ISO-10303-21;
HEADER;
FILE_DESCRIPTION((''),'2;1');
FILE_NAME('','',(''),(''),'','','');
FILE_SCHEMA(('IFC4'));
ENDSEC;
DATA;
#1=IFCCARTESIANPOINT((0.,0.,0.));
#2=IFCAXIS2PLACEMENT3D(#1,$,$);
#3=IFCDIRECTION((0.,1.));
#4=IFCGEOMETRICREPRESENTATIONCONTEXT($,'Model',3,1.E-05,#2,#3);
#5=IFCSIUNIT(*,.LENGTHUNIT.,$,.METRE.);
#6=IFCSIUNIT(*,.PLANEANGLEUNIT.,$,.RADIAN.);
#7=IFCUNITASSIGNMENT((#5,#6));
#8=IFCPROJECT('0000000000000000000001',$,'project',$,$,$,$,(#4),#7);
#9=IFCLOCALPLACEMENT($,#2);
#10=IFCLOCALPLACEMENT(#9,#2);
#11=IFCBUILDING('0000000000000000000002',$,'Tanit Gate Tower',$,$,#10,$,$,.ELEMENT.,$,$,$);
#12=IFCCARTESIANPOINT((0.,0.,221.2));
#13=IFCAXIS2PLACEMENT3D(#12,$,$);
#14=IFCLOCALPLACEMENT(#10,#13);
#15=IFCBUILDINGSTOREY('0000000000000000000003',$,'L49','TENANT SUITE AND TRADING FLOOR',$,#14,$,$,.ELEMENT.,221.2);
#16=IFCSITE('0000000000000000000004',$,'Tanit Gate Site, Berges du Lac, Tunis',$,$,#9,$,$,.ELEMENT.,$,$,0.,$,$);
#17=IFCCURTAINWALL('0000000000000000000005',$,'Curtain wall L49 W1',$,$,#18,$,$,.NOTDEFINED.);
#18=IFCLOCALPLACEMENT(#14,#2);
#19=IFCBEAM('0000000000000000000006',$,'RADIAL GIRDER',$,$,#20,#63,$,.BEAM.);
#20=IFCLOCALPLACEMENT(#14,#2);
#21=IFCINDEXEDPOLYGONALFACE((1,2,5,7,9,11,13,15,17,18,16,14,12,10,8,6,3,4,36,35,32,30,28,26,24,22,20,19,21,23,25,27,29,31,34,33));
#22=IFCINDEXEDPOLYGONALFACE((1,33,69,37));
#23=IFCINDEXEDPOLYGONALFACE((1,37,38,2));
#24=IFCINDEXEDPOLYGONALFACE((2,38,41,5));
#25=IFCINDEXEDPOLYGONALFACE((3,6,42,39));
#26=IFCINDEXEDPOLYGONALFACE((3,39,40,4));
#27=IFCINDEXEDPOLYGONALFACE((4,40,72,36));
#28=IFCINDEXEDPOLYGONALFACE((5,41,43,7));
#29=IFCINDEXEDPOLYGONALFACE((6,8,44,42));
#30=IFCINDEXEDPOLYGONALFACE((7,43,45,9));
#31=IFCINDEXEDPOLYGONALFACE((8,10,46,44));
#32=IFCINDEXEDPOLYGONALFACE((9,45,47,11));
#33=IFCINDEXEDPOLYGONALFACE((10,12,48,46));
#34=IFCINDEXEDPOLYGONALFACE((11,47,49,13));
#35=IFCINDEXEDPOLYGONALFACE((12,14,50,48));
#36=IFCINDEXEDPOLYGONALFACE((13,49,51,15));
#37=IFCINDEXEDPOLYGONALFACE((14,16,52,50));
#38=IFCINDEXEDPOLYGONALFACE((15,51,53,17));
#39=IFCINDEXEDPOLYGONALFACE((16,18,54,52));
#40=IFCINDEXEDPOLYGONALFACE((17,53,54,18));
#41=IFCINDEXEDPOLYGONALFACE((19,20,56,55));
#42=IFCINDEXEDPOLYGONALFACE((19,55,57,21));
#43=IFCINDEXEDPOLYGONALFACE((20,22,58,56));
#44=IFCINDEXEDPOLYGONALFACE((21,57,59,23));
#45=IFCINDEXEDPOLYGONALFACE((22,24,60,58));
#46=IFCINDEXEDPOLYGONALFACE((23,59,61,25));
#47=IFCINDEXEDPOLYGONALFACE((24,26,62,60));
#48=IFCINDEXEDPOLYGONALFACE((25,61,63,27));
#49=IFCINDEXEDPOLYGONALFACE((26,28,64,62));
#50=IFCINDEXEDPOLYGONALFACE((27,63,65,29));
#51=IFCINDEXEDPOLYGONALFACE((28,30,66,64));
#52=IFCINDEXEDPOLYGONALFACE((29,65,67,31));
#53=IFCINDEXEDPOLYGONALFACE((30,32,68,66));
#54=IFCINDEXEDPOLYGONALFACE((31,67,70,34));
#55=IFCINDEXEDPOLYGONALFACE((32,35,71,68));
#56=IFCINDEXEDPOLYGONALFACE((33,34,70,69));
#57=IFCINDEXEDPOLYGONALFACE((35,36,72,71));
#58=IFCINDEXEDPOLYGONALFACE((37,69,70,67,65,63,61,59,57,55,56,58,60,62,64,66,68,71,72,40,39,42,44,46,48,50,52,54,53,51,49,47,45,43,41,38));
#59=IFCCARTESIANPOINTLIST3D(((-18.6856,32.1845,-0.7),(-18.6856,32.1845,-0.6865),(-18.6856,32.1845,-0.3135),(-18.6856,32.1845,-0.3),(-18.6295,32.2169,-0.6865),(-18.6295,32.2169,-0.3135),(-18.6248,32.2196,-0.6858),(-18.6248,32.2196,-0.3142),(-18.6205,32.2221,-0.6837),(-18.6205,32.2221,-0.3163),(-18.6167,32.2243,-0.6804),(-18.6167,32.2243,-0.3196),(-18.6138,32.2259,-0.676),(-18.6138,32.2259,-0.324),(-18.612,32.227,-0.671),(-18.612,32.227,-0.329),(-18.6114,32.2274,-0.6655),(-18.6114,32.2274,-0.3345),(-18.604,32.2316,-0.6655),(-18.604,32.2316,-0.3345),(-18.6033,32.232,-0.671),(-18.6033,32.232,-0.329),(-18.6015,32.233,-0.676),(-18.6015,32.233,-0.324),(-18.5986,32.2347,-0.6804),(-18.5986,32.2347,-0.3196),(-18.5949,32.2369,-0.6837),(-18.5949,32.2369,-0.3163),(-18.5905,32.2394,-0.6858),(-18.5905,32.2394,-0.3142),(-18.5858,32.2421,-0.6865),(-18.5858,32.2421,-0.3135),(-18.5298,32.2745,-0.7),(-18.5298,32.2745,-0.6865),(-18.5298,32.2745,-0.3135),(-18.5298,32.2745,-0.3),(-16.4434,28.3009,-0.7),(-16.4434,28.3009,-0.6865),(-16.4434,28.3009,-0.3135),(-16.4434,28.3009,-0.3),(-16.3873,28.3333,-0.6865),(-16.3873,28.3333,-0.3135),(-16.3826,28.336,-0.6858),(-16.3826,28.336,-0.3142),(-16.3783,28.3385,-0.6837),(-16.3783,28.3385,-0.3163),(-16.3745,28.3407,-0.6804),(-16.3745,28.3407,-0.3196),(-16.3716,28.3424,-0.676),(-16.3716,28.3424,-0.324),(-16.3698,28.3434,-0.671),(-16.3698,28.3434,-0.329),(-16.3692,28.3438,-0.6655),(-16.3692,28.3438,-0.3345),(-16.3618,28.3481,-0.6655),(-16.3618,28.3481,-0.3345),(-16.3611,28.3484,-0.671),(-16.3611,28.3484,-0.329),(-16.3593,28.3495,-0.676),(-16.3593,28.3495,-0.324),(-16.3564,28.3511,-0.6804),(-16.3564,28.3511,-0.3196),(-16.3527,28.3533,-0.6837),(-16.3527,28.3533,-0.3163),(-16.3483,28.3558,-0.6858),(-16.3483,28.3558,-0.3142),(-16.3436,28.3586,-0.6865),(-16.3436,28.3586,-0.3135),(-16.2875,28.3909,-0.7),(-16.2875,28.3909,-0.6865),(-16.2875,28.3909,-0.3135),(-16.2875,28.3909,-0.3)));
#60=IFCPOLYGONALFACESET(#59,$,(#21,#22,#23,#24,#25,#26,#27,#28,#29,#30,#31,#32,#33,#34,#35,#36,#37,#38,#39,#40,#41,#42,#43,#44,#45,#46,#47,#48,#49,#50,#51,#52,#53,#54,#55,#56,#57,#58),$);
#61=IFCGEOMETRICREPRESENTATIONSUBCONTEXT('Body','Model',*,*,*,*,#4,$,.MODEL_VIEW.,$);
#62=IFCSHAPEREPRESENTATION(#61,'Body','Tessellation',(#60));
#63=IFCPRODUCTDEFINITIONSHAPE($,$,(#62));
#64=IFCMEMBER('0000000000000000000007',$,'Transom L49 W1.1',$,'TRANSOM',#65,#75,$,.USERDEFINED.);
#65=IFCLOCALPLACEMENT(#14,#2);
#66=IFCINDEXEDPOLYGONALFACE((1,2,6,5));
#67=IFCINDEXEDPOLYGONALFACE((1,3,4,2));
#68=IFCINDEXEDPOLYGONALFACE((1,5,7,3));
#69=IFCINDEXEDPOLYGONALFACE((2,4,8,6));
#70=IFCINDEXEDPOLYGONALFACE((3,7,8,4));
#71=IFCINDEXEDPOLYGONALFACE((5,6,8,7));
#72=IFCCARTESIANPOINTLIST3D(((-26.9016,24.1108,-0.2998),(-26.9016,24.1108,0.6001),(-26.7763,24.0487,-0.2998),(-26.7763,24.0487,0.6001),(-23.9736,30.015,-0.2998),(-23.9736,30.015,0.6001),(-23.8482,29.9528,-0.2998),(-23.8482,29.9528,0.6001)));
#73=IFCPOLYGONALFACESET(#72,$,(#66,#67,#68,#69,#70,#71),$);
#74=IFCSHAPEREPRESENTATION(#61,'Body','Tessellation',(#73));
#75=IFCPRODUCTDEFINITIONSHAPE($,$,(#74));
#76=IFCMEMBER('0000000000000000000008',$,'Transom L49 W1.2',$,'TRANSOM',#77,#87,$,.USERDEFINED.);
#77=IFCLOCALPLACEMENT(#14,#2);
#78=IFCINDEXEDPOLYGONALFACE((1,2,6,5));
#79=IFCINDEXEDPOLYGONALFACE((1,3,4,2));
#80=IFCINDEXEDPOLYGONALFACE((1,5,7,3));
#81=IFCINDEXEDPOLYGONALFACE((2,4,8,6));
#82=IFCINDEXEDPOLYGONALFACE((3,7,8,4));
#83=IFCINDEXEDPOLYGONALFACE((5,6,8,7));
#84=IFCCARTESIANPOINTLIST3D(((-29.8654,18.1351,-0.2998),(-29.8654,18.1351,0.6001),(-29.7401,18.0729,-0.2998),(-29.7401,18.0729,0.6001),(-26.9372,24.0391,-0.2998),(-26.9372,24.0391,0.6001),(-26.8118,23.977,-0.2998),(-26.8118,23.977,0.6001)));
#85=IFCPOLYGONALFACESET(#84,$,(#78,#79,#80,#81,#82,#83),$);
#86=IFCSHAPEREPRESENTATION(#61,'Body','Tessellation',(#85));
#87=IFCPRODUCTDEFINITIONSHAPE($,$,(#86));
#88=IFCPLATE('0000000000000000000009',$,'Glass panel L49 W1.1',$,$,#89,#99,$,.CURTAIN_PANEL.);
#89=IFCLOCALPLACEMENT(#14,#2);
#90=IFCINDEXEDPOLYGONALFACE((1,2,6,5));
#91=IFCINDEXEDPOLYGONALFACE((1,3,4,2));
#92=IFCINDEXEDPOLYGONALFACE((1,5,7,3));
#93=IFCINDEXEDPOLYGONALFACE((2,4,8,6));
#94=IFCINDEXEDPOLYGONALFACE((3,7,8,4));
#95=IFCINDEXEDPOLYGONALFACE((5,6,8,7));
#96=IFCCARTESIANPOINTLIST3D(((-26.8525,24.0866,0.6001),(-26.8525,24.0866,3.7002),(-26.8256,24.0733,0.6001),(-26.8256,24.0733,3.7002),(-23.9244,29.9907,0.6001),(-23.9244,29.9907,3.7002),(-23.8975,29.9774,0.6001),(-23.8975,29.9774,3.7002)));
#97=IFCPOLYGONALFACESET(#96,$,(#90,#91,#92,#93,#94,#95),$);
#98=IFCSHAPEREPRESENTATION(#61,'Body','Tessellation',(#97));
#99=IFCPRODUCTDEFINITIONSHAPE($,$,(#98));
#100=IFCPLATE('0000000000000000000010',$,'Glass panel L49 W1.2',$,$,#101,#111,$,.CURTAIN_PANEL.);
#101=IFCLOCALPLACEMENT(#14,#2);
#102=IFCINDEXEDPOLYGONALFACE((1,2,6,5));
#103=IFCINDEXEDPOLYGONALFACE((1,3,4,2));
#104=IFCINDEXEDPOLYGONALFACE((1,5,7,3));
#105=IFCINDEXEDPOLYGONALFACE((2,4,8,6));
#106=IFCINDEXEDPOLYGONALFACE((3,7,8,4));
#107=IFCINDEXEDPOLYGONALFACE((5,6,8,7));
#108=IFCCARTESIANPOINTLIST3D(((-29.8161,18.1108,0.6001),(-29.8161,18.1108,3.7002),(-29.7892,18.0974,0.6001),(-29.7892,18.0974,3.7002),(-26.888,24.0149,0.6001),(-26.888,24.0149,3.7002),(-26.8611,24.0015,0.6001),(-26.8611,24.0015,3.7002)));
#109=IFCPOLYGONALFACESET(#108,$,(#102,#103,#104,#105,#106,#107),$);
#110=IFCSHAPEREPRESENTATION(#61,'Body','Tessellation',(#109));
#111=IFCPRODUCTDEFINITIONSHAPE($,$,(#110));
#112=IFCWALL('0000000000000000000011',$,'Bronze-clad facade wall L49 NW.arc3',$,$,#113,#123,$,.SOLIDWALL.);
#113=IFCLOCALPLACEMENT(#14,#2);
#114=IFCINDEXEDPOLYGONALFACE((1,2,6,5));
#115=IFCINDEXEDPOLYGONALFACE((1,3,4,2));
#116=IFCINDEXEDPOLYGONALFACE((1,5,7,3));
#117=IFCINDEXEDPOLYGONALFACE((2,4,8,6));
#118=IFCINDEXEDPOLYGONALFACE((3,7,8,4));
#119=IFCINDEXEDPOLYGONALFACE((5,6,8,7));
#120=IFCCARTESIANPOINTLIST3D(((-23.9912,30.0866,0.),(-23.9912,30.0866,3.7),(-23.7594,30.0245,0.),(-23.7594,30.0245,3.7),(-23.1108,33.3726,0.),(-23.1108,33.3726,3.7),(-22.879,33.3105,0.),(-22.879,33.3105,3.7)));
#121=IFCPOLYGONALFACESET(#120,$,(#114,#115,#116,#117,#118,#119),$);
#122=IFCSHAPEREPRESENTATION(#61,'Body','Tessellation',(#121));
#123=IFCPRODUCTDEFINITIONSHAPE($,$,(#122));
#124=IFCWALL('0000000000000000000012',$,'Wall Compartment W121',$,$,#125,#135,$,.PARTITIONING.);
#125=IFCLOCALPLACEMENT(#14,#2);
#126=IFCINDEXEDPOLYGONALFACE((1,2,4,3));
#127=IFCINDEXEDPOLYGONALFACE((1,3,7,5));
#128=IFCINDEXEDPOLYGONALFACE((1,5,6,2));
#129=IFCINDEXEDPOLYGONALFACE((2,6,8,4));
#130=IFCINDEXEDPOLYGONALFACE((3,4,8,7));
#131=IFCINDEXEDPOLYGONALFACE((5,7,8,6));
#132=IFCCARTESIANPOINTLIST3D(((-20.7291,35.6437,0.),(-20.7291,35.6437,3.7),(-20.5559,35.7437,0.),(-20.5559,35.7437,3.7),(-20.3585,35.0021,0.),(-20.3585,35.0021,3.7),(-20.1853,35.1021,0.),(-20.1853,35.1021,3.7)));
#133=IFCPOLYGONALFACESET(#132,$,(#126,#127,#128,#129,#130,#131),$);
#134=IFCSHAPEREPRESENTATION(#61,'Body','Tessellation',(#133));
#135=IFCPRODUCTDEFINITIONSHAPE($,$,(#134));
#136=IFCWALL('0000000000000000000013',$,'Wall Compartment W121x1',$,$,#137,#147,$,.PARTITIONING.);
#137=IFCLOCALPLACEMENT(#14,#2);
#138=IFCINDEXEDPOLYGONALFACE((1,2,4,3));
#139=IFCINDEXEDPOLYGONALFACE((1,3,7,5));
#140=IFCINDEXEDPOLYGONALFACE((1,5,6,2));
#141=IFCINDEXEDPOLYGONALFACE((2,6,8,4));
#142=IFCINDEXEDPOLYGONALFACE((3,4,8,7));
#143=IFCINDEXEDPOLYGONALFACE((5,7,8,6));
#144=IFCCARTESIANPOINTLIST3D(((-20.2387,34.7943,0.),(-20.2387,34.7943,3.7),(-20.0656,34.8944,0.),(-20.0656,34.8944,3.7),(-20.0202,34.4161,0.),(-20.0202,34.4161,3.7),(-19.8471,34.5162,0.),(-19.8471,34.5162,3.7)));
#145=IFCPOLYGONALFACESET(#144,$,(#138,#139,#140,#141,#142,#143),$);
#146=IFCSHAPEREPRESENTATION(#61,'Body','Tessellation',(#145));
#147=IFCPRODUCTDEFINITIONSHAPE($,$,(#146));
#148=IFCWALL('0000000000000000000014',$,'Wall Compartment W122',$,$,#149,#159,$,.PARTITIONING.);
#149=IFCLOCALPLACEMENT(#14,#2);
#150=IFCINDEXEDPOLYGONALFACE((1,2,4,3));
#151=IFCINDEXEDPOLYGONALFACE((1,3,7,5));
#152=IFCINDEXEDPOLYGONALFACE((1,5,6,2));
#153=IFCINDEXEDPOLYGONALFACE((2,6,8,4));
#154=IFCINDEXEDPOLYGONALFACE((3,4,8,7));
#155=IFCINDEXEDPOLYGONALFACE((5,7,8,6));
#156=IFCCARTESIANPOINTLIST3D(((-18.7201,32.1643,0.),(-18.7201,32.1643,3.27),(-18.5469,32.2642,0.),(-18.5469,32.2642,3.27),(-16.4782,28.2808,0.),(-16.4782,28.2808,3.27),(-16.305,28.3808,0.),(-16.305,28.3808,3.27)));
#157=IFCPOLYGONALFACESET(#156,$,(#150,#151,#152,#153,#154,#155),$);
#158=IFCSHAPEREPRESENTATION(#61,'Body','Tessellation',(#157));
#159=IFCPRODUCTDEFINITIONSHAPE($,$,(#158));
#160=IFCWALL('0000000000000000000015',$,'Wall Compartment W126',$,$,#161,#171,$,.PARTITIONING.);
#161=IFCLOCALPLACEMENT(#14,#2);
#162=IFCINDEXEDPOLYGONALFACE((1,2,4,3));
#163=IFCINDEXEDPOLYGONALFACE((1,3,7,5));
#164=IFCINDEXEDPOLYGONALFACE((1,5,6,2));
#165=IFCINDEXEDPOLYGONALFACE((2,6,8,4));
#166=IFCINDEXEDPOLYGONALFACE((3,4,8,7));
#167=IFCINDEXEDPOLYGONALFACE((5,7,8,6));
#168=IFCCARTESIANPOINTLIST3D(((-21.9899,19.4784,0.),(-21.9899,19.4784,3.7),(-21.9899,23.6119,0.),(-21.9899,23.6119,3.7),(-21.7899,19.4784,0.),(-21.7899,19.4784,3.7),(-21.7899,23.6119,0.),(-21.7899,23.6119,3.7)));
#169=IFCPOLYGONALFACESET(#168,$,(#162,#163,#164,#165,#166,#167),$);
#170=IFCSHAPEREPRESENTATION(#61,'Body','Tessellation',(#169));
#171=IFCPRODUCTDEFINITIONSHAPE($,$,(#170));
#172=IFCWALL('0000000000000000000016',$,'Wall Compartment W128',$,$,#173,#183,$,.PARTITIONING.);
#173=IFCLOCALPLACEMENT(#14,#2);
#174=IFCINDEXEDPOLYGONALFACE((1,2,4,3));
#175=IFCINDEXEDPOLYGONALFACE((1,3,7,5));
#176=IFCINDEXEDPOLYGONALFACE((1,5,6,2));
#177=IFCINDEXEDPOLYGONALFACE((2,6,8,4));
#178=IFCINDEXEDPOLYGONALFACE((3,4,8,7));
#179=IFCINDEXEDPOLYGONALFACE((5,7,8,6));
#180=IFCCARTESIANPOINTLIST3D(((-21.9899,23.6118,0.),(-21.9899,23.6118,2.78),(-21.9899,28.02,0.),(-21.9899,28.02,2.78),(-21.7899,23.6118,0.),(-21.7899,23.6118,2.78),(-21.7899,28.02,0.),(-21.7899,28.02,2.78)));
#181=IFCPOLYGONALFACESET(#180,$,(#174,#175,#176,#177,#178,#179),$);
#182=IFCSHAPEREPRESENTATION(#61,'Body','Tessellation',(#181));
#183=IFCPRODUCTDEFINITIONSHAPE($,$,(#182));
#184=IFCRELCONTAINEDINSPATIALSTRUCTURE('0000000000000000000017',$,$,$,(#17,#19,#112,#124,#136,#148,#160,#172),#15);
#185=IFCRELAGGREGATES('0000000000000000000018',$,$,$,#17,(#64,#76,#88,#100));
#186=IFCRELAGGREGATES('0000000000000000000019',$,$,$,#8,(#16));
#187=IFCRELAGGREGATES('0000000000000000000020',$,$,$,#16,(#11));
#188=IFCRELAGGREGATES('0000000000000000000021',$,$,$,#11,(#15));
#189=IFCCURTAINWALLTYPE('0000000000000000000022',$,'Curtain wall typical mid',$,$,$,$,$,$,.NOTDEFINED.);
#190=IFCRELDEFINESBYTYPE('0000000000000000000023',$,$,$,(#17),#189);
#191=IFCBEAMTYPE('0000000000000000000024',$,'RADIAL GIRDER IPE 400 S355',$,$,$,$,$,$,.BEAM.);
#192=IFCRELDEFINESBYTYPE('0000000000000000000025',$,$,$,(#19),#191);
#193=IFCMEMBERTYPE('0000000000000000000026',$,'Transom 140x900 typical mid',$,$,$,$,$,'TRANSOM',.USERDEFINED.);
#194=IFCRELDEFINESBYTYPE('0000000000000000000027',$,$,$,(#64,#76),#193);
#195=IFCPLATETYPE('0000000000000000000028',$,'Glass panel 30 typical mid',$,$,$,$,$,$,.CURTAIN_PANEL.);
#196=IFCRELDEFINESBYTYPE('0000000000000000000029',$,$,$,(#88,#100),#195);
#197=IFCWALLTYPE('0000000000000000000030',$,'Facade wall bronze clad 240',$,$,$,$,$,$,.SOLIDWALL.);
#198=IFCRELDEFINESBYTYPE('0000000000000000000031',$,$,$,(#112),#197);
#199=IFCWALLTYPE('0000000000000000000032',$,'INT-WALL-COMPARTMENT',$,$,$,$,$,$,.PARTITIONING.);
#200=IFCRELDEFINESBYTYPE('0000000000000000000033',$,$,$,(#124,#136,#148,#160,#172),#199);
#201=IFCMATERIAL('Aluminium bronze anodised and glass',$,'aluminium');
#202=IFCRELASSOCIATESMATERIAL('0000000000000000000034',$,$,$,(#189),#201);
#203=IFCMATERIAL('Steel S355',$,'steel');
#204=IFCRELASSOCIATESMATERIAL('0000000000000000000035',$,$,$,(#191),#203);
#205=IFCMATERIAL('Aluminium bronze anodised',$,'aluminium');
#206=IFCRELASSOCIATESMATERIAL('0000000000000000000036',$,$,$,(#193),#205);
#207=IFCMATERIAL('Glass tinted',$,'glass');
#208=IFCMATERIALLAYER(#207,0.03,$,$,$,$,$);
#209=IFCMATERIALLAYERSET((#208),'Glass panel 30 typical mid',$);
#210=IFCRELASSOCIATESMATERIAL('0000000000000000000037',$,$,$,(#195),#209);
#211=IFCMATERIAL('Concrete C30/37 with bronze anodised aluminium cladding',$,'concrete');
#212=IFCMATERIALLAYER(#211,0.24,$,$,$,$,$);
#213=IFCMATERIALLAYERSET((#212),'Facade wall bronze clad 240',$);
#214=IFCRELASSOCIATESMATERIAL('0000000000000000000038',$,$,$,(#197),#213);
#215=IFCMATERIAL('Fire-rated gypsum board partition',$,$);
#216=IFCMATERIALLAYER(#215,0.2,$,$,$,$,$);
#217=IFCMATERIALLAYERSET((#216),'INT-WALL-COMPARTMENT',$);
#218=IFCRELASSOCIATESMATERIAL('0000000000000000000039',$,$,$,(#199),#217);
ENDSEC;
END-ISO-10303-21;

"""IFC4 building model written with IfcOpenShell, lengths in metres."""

from ifc_helpers import new_model, si_unit, direction, frame, frame_2d, origin, origin_2d, place, context, subcontext, project, spatial, rectangle, i_section, extrude, material, layer, layer_set, material_profile, profile_set, type_object, element, aggregate, save


model = new_model("IFC4")

# Units and contexts
model_context = context("Model", 3, precision=1e-05, world=origin(), true_north=direction((0.0, 1.0)))
body_context = subcontext(model_context, "Body", "Model", "MODEL_VIEW")
ifc_project = project(units=[si_unit("LENGTHUNIT", "METRE"), si_unit("PLANEANGLEUNIT", "RADIAN")], contexts=[model_context])

# Site, building, storey
site_placement = place(None, origin())
site = spatial("IfcSite", under=ifc_project, at=site_placement, Name="Tanit Gate Site, Berges du Lac, Tunis", CompositionType="ELEMENT", RefElevation=0.0)
building_placement = place(site_placement, origin())
building = spatial("IfcBuilding", under=site, at=building_placement, Name="Tanit Gate Tower", CompositionType="ELEMENT")
storey_placement = place(building_placement, frame((0.0, 0.0, 221.2)))
storey = spatial("IfcBuildingStorey", under=building, at=storey_placement, Name="L49", Description="TENANT SUITE AND TRADING FLOOR", CompositionType="ELEMENT", Elevation=221.2)

# Curtain wall
ifc_material_1 = material(Name="Aluminium bronze anodised and glass", Category="aluminium")
curtain_wall_type = type_object("IfcCurtainWallType", Name="Curtain wall typical mid", PredefinedType="NOTDEFINED", material=ifc_material_1)
curtain_wall_placement = place(storey_placement, origin())
curtain_wall = element("IfcCurtainWall", 1, at=curtain_wall_placement, inside=storey, type_object=curtain_wall_type, Name="Curtain wall L49 W1", PredefinedType="NOTDEFINED")

# Beam
ifc_material_2 = material(Name="Steel S355", Category="steel")
ifc_material_profile_1 = material_profile(ifc_material_2, i_section(OverallWidth=0.1799, OverallDepth=0.3999, WebThickness=0.0085, FlangeThickness=0.0134, FilletRadius=0.021, at=origin_2d()), Name="IPE 400")
ifc_profile_set_1 = profile_set([ifc_material_profile_1], Name="Steel S355")
beam_type_1 = type_object("IfcBeamType", Name="RADIAL GIRDER IPE 400 S355", PredefinedType="BEAM", material=ifc_profile_set_1)
beam_1_placement = place(storey_placement, frame((-18.6077, 32.2295, -0.5), z_axis=(0.500004, -0.866023, 0.0), x_axis=(0.866023, 0.500004, 0.0)))
element("IfcBeam", 2, at=beam_1_placement, inside=storey, type_object=beam_type_1, Name="RADIAL GIRDER", PredefinedType="BEAM", context=body_context, shape_type="SweptSolid", body=[
    extrude(i_section(OverallWidth=0.1799, OverallDepth=0.3999, WebThickness=0.0085, FlangeThickness=0.0134, FilletRadius=0.021, at=origin_2d()), origin(), (0.0, 0.0, 1.0), 4.4844),
])

# Members
ifc_material_3 = material(Name="Aluminium bronze anodised", Category="aluminium")
ifc_material_profile_2 = material_profile(ifc_material_3, rectangle(XDim=0.1399, YDim=0.8999, at=origin_2d()), Name="140x900 bronze transom")
ifc_profile_set_2 = profile_set([ifc_material_profile_2], Name="Aluminium bronze anodised")
member_type_1 = type_object("IfcMemberType", Name="Transom 140x900 typical mid", ElementType="TRANSOM", PredefinedType="USERDEFINED", material=ifc_profile_set_2)
member_1_placement = place(storey_placement, frame((-23.9109, 29.9839, 0.1501), z_axis=(-0.444292, -0.895882, 0.0), x_axis=(0.895882, -0.444292, 0.0)))
member_1 = element("IfcMember", 3, at=member_1_placement, type_object=member_type_1, Name="Transom L49 W1.1", ObjectType="TRANSOM", PredefinedType="USERDEFINED", context=body_context, shape_type="SweptSolid", body=[
    extrude(rectangle(XDim=0.1399, YDim=0.8999, at=origin_2d()), origin(), (0.0, 0.0, 1.0), 6.5903),
])
member_2_placement = place(storey_placement, frame((-26.8745, 24.0081, 0.1501), z_axis=(-0.444322, -0.895867, 0.0), x_axis=(0.895867, -0.444322, 0.0)))
member_2 = element("IfcMember", 4, at=member_2_placement, type_object=member_type_1, Name="Transom L49 W1.2", ObjectType="TRANSOM", PredefinedType="USERDEFINED", context=body_context, shape_type="SweptSolid", body=[
    extrude(rectangle(XDim=0.1399, YDim=0.8999, at=origin_2d()), origin(), (0.0, 0.0, 1.0), 6.5903),
])

# Plates
ifc_material_4 = material(Name="Glass tinted", Category="glass")
ifc_layer_1 = layer(ifc_material_4, 0.03)
ifc_layer_set_1 = layer_set([ifc_layer_1], Name="Glass panel 30 typical mid")
plate_type = type_object("IfcPlateType", Name="Glass panel 30 typical mid", PredefinedType="CURTAIN_PANEL", material=ifc_layer_set_1)
plate_1_placement = place(storey_placement, frame((-25.375, 27.032, 0.6001), z_axis=(0.0, 0.0, 1.0), x_axis=(-0.444304, -0.895876, 0.0)))
plate_1 = element("IfcPlate", 5, at=plate_1_placement, type_object=plate_type, Name="Glass panel L49 W1.1", PredefinedType="CURTAIN_PANEL", context=body_context, shape_type="SweptSolid", body=[
    extrude(rectangle(XDim=6.5903, YDim=0.03, at=origin_2d()), origin(), (0.0, 0.0, 1.0), 3.1001),
])
plate_2_placement = place(storey_placement, frame((-28.3386, 21.0562, 0.6001), z_axis=(0.0, 0.0, 1.0), x_axis=(-0.444304, -0.895876, 0.0)))
plate_2 = element("IfcPlate", 6, at=plate_2_placement, type_object=plate_type, Name="Glass panel L49 W1.2", PredefinedType="CURTAIN_PANEL", context=body_context, shape_type="SweptSolid", body=[
    extrude(rectangle(XDim=6.5903, YDim=0.03, at=origin_2d()), origin(), (0.0, 0.0, 1.0), 3.1001),
])
aggregate(curtain_wall, [member_1, member_2, plate_1, plate_2])

# Walls
ifc_material_5 = material(Name="Concrete C30/37 with bronze anodised aluminium cladding", Category="concrete")
ifc_layer_2 = layer(ifc_material_5, 0.24)
ifc_layer_set_2 = layer_set([ifc_layer_2], Name="Facade wall bronze clad 240")
wall_type_1 = type_object("IfcWallType", Name="Facade wall bronze clad 240", PredefinedType="SOLIDWALL", material=ifc_layer_set_2)
wall_1_placement = place(storey_placement, frame((-22.9949, 33.3416, 0.0), z_axis=(0.0, 0.0, 1.0), x_axis=(-0.258797, -0.965932, 0.0)))
element("IfcWall", 7, at=wall_1_placement, inside=storey, type_object=wall_type_1, Name="Bronze-clad facade wall L49 NW.arc3", PredefinedType="SOLIDWALL", context=body_context, shape_type="SweptSolid", body=[
    extrude(rectangle(XDim=3.4019, YDim=0.24, at=frame_2d((1.7009, 0.0))), origin(), (0.0, 0.0, 1.0), 3.7),
])
ifc_material_6 = material(Name="Fire-rated gypsum board partition")
ifc_layer_3 = layer(ifc_material_6, 0.2)
ifc_layer_set_3 = layer_set([ifc_layer_3], Name="INT-WALL-COMPARTMENT")
wall_type_2 = type_object("IfcWallType", Name="INT-WALL-COMPARTMENT", PredefinedType="PARTITIONING", material=ifc_layer_set_3)
wall_2_placement = place(storey_placement, frame((-20.6426, 35.6938, 0.0), z_axis=(0.0, 0.0, 1.0), x_axis=(0.500179, -0.865922, 0.0)))
element("IfcWall", 8, at=wall_2_placement, inside=storey, type_object=wall_type_2, Name="Wall Compartment W121", PredefinedType="PARTITIONING", context=body_context, shape_type="SweptSolid", body=[
    extrude(rectangle(XDim=0.741, YDim=0.2, at=frame_2d((0.3706, 0.0))), origin(), (0.0, 0.0, 1.0), 3.7),
])
wall_3_placement = place(storey_placement, frame((-20.1521, 34.8442, 0.0), z_axis=(0.0, 0.0, 1.0), x_axis=(0.500287, -0.86586, 0.0)))
element("IfcWall", 9, at=wall_3_placement, inside=storey, type_object=wall_type_2, Name="Wall Compartment W121x1", PredefinedType="PARTITIONING", context=body_context, shape_type="SweptSolid", body=[
    extrude(rectangle(XDim=0.4368, YDim=0.2, at=frame_2d((0.2183, 0.0))), origin(), (0.0, 0.0, 1.0), 3.7),
])
wall_4_placement = place(storey_placement, frame((-18.6335, 32.2144, 0.0), z_axis=(0.0, 0.0, 1.0), x_axis=(0.499963, -0.866047, 0.0)))
element("IfcWall", 10, at=wall_4_placement, inside=storey, type_object=wall_type_2, Name="Wall Compartment W122", PredefinedType="PARTITIONING", context=body_context, shape_type="SweptSolid", body=[
    extrude(rectangle(XDim=4.4841, YDim=0.2, at=frame_2d((2.2422, 0.0))), origin(), (0.0, 0.0, 1.0), 3.27),
])
wall_5_placement = place(storey_placement, frame((-21.8899, 19.4783, 0.0), z_axis=(0.0, 0.0, 1.0), x_axis=(0.0, 1.0, 0.0)))
element("IfcWall", 11, at=wall_5_placement, inside=storey, type_object=wall_type_2, Name="Wall Compartment W126", PredefinedType="PARTITIONING", context=body_context, shape_type="SweptSolid", body=[
    extrude(rectangle(XDim=4.1335, YDim=0.2, at=frame_2d((2.0669, 0.0))), origin(), (0.0, 0.0, 1.0), 3.7),
])
wall_6_placement = place(storey_placement, frame((-21.8899, 23.6118, 0.0), z_axis=(0.0, 0.0, 1.0), x_axis=(0.0, 1.0, 0.0)))
element("IfcWall", 12, at=wall_6_placement, inside=storey, type_object=wall_type_2, Name="Wall Compartment W128", PredefinedType="PARTITIONING", context=body_context, shape_type="SweptSolid", body=[
    extrude(rectangle(XDim=4.4082, YDim=0.2, at=frame_2d((2.2041, 0.0))), origin(), (0.0, 0.0, 1.0), 2.78),
])

save(model, "model.ifc")
